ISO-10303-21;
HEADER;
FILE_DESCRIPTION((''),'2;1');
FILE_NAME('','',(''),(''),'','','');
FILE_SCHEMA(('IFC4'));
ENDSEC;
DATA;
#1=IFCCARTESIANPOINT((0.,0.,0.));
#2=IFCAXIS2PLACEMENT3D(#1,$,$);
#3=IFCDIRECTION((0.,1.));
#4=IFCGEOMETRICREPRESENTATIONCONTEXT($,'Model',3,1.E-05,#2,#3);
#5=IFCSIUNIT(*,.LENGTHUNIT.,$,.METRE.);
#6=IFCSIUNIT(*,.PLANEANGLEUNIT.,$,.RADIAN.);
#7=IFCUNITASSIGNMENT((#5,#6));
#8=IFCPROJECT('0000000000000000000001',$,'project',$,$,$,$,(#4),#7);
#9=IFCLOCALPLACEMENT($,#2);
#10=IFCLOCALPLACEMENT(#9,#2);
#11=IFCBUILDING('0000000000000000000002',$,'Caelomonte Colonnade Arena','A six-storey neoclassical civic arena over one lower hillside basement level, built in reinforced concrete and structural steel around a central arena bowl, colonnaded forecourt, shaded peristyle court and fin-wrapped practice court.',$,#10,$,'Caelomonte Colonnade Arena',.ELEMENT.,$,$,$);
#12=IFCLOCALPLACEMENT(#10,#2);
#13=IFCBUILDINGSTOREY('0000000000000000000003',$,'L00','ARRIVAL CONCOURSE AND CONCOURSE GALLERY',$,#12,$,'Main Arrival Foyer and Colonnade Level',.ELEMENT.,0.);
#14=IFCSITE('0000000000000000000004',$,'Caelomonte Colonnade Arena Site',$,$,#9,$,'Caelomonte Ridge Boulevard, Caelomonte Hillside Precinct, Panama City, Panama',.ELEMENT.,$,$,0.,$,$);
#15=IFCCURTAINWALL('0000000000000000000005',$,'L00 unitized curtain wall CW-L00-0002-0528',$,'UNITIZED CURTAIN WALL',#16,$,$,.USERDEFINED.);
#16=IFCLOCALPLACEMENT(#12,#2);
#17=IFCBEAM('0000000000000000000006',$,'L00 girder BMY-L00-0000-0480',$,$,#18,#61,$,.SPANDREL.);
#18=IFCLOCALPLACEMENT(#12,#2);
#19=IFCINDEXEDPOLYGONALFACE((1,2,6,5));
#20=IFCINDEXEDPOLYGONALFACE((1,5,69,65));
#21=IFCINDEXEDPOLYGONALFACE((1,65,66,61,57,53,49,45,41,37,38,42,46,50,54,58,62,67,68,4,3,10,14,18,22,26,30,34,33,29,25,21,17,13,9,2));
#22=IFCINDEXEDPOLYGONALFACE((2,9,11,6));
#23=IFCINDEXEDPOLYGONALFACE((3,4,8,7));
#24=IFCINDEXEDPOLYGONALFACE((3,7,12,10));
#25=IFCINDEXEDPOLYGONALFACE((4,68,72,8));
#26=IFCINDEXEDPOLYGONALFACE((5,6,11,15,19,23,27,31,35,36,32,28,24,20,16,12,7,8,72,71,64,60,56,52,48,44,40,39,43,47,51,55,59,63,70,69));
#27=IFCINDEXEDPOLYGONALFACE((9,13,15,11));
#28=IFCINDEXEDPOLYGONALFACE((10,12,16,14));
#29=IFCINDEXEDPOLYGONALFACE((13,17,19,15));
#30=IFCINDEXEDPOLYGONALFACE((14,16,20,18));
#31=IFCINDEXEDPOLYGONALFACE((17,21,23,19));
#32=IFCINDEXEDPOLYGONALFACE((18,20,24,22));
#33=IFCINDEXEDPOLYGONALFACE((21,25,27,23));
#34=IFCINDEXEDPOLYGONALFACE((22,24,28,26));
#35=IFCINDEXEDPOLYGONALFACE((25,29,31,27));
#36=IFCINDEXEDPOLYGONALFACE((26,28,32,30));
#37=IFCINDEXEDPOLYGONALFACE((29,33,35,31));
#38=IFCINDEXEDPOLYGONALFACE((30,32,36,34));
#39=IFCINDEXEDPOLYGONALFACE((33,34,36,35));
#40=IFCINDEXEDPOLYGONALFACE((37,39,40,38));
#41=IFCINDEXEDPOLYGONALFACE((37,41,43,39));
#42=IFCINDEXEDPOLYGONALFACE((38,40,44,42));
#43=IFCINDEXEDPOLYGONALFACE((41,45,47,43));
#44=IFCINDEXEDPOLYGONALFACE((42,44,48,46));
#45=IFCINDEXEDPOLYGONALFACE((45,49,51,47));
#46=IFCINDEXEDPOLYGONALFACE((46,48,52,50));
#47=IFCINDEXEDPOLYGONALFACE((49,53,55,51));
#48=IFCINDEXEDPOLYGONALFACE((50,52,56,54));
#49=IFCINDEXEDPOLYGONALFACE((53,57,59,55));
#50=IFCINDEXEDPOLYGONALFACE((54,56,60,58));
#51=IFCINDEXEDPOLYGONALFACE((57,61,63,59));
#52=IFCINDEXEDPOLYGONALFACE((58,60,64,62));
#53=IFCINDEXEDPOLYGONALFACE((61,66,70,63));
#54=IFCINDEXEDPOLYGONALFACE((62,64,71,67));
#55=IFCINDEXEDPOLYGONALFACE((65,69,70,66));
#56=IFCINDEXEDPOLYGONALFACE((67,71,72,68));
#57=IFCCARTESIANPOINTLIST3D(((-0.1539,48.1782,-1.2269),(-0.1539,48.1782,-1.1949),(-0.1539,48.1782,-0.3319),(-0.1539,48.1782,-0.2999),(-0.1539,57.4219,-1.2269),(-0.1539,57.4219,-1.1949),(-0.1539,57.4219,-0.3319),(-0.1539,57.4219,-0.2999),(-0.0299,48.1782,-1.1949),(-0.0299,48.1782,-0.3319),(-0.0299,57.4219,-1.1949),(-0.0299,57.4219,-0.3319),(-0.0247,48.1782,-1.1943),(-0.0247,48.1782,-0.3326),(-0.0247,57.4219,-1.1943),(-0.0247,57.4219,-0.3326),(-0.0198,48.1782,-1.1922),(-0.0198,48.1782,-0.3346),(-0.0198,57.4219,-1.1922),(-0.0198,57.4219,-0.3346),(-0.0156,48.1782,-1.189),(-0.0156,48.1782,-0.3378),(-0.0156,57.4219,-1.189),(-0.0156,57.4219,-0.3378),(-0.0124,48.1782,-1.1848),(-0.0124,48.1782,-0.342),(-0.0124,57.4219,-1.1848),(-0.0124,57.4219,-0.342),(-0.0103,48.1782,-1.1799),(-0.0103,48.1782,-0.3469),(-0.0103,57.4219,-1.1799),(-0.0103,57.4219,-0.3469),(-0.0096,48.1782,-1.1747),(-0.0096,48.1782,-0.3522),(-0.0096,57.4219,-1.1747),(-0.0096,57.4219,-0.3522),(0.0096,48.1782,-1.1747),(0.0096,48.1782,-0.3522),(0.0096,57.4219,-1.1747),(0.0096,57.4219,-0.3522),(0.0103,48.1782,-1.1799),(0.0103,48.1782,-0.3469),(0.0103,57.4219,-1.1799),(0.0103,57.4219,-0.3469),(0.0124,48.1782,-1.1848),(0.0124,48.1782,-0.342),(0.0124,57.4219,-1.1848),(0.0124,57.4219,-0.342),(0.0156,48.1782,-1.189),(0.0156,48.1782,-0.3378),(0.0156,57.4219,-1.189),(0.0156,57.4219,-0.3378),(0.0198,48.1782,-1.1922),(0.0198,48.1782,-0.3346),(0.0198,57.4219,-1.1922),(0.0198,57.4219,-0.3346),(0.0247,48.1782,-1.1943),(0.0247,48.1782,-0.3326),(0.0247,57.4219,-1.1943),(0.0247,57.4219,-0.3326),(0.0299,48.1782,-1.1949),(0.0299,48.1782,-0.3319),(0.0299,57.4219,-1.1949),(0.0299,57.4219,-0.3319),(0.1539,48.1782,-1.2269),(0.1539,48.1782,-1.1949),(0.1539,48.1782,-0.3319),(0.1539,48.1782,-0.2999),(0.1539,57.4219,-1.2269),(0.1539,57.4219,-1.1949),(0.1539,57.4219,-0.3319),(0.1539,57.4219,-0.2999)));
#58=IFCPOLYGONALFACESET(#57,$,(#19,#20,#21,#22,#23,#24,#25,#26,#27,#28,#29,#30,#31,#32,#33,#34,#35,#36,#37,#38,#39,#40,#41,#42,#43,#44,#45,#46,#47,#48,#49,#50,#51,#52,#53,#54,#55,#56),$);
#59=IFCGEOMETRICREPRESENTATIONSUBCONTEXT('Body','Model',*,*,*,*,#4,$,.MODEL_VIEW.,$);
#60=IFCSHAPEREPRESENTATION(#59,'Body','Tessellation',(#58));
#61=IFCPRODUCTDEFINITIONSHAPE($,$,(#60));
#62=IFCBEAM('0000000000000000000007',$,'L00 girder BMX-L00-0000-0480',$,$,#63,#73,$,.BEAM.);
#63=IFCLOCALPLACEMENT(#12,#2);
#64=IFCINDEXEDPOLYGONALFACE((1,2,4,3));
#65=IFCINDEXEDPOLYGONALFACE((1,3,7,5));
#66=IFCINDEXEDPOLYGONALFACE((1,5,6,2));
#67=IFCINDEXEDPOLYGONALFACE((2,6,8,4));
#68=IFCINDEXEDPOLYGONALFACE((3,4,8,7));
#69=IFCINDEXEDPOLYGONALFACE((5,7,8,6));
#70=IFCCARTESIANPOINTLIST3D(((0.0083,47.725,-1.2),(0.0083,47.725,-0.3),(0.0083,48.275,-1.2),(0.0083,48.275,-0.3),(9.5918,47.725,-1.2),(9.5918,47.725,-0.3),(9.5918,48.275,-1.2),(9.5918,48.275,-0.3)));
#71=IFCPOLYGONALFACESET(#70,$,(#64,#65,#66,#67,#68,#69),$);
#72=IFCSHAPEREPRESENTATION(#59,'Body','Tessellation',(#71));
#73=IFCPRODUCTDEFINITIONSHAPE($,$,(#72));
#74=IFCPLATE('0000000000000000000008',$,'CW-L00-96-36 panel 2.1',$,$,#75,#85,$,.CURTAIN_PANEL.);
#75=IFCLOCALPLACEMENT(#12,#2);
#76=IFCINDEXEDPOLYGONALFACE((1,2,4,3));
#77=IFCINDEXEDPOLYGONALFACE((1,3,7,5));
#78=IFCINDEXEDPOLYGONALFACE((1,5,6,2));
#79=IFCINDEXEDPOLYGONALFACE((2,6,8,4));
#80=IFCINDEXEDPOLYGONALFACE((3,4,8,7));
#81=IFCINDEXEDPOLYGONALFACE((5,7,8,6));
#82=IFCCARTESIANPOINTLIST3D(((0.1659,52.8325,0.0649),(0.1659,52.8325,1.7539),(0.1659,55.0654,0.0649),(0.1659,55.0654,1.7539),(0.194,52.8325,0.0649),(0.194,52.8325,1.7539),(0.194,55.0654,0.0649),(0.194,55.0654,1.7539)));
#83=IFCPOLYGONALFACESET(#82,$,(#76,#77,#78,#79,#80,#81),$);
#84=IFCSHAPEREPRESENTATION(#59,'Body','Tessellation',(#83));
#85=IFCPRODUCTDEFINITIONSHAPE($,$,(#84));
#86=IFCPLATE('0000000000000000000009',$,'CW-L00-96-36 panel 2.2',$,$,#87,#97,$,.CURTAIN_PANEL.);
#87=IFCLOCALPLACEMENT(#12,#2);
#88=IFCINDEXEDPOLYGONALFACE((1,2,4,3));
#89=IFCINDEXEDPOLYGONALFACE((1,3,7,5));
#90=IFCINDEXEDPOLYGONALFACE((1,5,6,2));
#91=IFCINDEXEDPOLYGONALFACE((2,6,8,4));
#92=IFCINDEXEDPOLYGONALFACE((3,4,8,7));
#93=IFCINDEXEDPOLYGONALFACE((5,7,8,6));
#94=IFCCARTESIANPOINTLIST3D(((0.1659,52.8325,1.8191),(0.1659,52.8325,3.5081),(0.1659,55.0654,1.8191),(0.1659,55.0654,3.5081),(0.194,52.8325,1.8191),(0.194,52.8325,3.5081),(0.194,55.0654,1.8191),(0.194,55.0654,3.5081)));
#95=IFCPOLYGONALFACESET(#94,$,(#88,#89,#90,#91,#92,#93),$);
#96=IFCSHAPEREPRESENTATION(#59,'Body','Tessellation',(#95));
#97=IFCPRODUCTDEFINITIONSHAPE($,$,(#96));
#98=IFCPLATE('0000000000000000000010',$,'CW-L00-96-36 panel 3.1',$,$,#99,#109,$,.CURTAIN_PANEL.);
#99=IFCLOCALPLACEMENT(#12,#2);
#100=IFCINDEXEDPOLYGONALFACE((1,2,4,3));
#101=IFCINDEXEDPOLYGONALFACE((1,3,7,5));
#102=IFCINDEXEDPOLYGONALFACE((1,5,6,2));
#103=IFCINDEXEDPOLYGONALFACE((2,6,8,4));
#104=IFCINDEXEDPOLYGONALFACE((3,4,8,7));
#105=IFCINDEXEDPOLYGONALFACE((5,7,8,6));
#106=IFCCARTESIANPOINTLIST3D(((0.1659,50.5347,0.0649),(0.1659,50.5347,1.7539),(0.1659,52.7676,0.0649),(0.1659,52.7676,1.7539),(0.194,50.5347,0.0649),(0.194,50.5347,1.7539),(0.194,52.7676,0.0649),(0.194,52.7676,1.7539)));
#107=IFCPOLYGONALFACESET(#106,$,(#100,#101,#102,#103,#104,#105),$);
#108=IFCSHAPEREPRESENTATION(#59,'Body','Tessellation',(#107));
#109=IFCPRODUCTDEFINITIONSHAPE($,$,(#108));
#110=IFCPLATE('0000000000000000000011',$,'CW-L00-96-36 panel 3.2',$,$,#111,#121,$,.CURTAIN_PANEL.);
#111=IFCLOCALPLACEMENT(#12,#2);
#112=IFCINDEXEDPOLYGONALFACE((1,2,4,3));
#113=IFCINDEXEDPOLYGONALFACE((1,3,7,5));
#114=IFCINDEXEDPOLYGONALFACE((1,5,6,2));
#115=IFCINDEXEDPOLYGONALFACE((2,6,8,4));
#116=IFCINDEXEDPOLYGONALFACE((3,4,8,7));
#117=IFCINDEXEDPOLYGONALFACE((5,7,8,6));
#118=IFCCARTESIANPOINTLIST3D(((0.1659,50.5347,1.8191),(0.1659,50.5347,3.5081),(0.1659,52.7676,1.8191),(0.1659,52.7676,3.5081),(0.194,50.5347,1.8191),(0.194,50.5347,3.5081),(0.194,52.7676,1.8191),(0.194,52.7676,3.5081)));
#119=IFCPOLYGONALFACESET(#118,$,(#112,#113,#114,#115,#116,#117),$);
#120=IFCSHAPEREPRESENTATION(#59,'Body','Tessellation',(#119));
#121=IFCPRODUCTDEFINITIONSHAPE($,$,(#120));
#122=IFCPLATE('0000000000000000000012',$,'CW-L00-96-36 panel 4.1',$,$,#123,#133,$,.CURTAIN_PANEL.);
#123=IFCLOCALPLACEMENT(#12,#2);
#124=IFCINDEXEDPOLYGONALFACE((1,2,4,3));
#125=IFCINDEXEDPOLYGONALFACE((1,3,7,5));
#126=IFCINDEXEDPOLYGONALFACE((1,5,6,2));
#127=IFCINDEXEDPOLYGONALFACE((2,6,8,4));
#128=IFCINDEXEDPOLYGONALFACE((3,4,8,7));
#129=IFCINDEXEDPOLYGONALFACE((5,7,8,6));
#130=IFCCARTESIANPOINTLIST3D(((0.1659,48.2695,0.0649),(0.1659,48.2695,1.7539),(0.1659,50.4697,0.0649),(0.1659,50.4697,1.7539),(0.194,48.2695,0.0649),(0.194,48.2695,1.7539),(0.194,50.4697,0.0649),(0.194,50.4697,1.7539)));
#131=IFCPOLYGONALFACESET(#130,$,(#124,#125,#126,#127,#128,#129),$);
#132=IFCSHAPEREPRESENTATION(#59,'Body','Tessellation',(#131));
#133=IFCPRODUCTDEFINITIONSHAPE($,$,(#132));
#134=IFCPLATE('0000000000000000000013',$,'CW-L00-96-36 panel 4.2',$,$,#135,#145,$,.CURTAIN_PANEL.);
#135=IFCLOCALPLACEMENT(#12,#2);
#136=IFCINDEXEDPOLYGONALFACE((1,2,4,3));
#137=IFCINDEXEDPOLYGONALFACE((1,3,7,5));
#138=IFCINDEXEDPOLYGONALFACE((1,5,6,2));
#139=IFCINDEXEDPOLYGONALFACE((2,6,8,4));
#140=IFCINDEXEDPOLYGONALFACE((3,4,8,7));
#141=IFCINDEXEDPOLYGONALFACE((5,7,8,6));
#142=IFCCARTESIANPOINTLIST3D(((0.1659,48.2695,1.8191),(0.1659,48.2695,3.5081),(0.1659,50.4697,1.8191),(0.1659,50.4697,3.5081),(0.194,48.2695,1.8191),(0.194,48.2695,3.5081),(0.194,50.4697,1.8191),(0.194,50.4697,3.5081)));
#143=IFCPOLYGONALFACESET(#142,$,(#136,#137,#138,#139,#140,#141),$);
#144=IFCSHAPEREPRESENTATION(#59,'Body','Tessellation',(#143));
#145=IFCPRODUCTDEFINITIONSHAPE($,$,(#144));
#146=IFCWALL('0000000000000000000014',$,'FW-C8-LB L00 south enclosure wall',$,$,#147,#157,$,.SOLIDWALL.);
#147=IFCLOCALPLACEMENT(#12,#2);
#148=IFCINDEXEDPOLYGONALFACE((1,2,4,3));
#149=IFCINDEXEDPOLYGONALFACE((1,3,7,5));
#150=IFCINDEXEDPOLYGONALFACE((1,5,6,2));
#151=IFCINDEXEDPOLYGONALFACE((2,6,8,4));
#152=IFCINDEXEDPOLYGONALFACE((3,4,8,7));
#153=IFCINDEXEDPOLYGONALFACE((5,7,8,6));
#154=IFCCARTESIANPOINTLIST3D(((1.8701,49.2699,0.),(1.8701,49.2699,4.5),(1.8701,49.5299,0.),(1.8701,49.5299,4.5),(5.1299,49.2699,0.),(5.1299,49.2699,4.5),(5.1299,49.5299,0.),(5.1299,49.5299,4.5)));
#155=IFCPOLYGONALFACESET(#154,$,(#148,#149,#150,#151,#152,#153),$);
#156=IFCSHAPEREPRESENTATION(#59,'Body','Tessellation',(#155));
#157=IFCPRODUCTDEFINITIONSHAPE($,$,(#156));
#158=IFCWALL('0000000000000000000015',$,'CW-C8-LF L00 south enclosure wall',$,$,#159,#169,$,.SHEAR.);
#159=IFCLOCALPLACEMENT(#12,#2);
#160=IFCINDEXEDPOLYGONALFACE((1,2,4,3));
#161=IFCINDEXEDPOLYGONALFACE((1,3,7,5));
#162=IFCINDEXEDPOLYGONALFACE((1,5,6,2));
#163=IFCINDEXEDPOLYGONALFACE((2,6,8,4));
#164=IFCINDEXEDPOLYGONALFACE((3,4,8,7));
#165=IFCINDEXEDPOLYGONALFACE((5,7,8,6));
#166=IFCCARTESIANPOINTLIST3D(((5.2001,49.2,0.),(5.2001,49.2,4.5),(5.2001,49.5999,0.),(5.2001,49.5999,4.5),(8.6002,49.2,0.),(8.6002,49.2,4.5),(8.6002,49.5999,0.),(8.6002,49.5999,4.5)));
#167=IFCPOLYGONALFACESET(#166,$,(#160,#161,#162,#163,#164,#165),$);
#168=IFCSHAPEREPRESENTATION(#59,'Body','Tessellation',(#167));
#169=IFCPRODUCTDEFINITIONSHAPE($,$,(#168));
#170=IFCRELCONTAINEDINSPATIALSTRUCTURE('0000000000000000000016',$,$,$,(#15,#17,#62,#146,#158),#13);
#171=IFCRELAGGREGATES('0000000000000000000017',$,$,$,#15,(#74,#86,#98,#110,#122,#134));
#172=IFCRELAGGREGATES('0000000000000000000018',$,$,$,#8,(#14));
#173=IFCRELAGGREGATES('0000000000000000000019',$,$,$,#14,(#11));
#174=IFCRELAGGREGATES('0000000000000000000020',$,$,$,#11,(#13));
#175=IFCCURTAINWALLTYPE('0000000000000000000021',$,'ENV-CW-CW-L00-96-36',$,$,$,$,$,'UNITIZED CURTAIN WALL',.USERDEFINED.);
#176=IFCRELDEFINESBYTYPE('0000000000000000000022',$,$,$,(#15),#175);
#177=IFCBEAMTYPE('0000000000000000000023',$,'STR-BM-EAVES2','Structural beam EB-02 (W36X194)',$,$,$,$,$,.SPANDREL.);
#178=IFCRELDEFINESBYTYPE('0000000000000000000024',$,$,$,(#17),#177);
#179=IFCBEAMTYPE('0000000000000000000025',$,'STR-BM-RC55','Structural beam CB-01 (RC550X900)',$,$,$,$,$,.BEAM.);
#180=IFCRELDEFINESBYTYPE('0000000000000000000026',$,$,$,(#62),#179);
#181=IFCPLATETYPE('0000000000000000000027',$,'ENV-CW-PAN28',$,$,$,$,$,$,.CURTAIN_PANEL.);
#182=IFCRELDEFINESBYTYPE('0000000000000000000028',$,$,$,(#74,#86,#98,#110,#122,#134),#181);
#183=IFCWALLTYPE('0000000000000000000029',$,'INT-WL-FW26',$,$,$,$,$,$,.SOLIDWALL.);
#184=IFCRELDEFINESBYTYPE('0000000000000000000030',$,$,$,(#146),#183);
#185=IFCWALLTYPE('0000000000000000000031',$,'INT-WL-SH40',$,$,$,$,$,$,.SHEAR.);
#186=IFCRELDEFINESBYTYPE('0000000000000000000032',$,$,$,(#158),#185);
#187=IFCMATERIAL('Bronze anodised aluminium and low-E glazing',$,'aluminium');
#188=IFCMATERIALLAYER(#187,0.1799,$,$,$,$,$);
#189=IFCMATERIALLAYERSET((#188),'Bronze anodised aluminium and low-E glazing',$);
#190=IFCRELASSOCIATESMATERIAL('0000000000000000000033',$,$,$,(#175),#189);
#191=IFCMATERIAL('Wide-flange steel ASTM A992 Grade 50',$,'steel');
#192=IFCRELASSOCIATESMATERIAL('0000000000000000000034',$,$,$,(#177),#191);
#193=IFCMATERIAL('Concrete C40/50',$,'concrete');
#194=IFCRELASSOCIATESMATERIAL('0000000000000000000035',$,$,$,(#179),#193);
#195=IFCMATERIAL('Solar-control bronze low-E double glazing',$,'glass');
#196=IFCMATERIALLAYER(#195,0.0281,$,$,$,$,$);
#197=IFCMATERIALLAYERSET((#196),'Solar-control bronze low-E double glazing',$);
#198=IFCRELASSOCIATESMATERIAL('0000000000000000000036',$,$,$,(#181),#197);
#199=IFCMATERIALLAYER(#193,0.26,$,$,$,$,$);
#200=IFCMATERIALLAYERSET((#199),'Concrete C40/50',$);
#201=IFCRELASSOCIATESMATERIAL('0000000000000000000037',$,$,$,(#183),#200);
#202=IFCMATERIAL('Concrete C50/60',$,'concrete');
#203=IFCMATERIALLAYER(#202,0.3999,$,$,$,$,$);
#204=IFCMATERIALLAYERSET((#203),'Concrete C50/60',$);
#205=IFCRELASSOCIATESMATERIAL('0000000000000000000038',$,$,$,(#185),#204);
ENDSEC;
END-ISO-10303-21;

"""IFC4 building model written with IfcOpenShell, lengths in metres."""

from ifc_helpers import new_model, si_unit, direction, frame, frame_2d, origin, origin_2d, place, context, subcontext, project, spatial, rectangle, i_section, extrude, material, layer, layer_set, material_profile, profile_set, type_object, element, aggregate, save


model = new_model("IFC4")

# Units and contexts
model_context = context("Model", 3, precision=1e-05, world=origin(), true_north=direction((0.0, 1.0)))
body_context = subcontext(model_context, "Body", "Model", "MODEL_VIEW")
ifc_project = project(units=[si_unit("LENGTHUNIT", "METRE"), si_unit("PLANEANGLEUNIT", "RADIAN")], contexts=[model_context])

# Site, building, storey
site_placement = place(None, origin())
site = spatial("IfcSite", under=ifc_project, at=site_placement, Name="Caelomonte Colonnade Arena Site", LongName="Caelomonte Ridge Boulevard, Caelomonte Hillside Precinct, Panama City, Panama", CompositionType="ELEMENT", RefElevation=0.0)
building_placement = place(site_placement, origin())
building = spatial("IfcBuilding", under=site, at=building_placement, Name="Caelomonte Colonnade Arena", Description="A six-storey neoclassical civic arena over one lower hillside basement level, built in reinforced concrete and structural steel around a central arena bowl, colonnaded forecourt, shaded peristyle court and fin-wrapped practice court.", LongName="Caelomonte Colonnade Arena", CompositionType="ELEMENT")
storey_placement = place(building_placement, origin())
storey = spatial("IfcBuildingStorey", under=building, at=storey_placement, Name="L00", Description="ARRIVAL CONCOURSE AND CONCOURSE GALLERY", LongName="Main Arrival Foyer and Colonnade Level", CompositionType="ELEMENT", Elevation=0.0)

# Shared definitions
ifc_material_1 = material(Name="Wide-flange steel ASTM A992 Grade 50", Category="steel")

# Curtain wall
ifc_material_2 = material(Name="Bronze anodised aluminium and low-E glazing", Category="aluminium")
ifc_layer_1 = layer(ifc_material_2, 0.1799)
ifc_layer_set_1 = layer_set([ifc_layer_1], Name="Bronze anodised aluminium and low-E glazing")
curtain_wall_type = type_object("IfcCurtainWallType", Name="ENV-CW-CW-L00-96-36", ElementType="UNITIZED CURTAIN WALL", PredefinedType="USERDEFINED", material=ifc_layer_set_1)
curtain_wall_1_placement = place(storey_placement, origin())
curtain_wall_1 = element("IfcCurtainWall", 1, at=curtain_wall_1_placement, inside=storey, type_object=curtain_wall_type, Name="L00 unitized curtain wall CW-L00-0002-0528", ObjectType="UNITIZED CURTAIN WALL", PredefinedType="USERDEFINED")

# Beams
ifc_material_profile_1 = material_profile(ifc_material_1, i_section(OverallWidth=0.3079, OverallDepth=0.927, WebThickness=0.0193, FlangeThickness=0.032, FilletRadius=0.0203, at=origin_2d()), Name="W36X194")
ifc_profile_set_1 = profile_set([ifc_material_profile_1], Name="Wide-flange steel ASTM A992 Grade 50")
beam_type_1 = type_object("IfcBeamType", Name="STR-BM-EAVES2", Description="Structural beam EB-02 (W36X194)", PredefinedType="SPANDREL", material=ifc_profile_set_1)
beam_1_placement = place(storey_placement, frame((0.0, 48.1782, -0.7634), z_axis=(0.0, 1.0, 0.0), x_axis=(-1.0, 0.0, 0.0)))
element("IfcBeam", 2, at=beam_1_placement, inside=storey, type_object=beam_type_1, Name="L00 girder BMY-L00-0000-0480", PredefinedType="SPANDREL", context=body_context, shape_type="SweptSolid", body=[
    extrude(i_section(OverallWidth=0.3079, OverallDepth=0.927, WebThickness=0.0193, FlangeThickness=0.032, FilletRadius=0.0203, at=origin_2d()), origin(), (0.0, 0.0, 1.0), 9.2437),
])
ifc_material_3 = material(Name="Concrete C40/50", Category="concrete")
ifc_material_profile_2 = material_profile(ifc_material_3, rectangle(XDim=0.55, YDim=0.8999, at=origin_2d()), Name="RC550X900")
ifc_profile_set_2 = profile_set([ifc_material_profile_2], Name="Concrete C40/50")
beam_type_2 = type_object("IfcBeamType", Name="STR-BM-RC55", Description="Structural beam CB-01 (RC550X900)", PredefinedType="BEAM", material=ifc_profile_set_2)
beam_2_placement = place(storey_placement, frame((0.0083, 48.0, -0.75), z_axis=(1.0, 0.0, 0.0), x_axis=(0.0, 1.0, 0.0)))
element("IfcBeam", 3, at=beam_2_placement, inside=storey, type_object=beam_type_2, Name="L00 girder BMX-L00-0000-0480", PredefinedType="BEAM", context=body_context, shape_type="SweptSolid", body=[
    extrude(rectangle(XDim=0.55, YDim=0.8999, at=origin_2d()), origin(), (0.0, 0.0, 1.0), 9.5835),
])

# Plates
ifc_material_4 = material(Name="Solar-control bronze low-E double glazing", Category="glass")
ifc_layer_2 = layer(ifc_material_4, 0.0281)
ifc_layer_set_2 = layer_set([ifc_layer_2], Name="Solar-control bronze low-E double glazing")
plate_type = type_object("IfcPlateType", Name="ENV-CW-PAN28", PredefinedType="CURTAIN_PANEL", material=ifc_layer_set_2)
plate_1_placement = place(storey_placement, frame((0.1799, 53.949, 0.0649), z_axis=(0.0, 0.0, 1.0), x_axis=(0.0, -1.0, 0.0)))
plate_1 = element("IfcPlate", 4, at=plate_1_placement, type_object=plate_type, Name="CW-L00-96-36 panel 2.1", PredefinedType="CURTAIN_PANEL", context=body_context, shape_type="SweptSolid", body=[
    extrude(rectangle(XDim=2.2329, YDim=0.0281, at=origin_2d()), origin(), (0.0, 0.0, 1.0), 1.689),
])
plate_2_placement = place(storey_placement, frame((0.1799, 53.949, 1.8191), z_axis=(0.0, 0.0, 1.0), x_axis=(0.0, -1.0, 0.0)))
plate_2 = element("IfcPlate", 5, at=plate_2_placement, type_object=plate_type, Name="CW-L00-96-36 panel 2.2", PredefinedType="CURTAIN_PANEL", context=body_context, shape_type="SweptSolid", body=[
    extrude(rectangle(XDim=2.2329, YDim=0.0281, at=origin_2d()), origin(), (0.0, 0.0, 1.0), 1.689),
])
plate_3_placement = place(storey_placement, frame((0.1799, 51.6511, 0.0649), z_axis=(0.0, 0.0, 1.0), x_axis=(0.0, -1.0, 0.0)))
plate_3 = element("IfcPlate", 6, at=plate_3_placement, type_object=plate_type, Name="CW-L00-96-36 panel 3.1", PredefinedType="CURTAIN_PANEL", context=body_context, shape_type="SweptSolid", body=[
    extrude(rectangle(XDim=2.2329, YDim=0.0281, at=origin_2d()), origin(), (0.0, 0.0, 1.0), 1.689),
])
plate_4_placement = place(storey_placement, frame((0.1799, 51.6511, 1.8191), z_axis=(0.0, 0.0, 1.0), x_axis=(0.0, -1.0, 0.0)))
plate_4 = element("IfcPlate", 7, at=plate_4_placement, type_object=plate_type, Name="CW-L00-96-36 panel 3.2", PredefinedType="CURTAIN_PANEL", context=body_context, shape_type="SweptSolid", body=[
    extrude(rectangle(XDim=2.2329, YDim=0.0281, at=origin_2d()), origin(), (0.0, 0.0, 1.0), 1.689),
])
plate_5_placement = place(storey_placement, frame((0.1799, 49.3696, 0.0649), z_axis=(0.0, 0.0, 1.0), x_axis=(0.0, -1.0, 0.0)))
plate_5 = element("IfcPlate", 8, at=plate_5_placement, type_object=plate_type, Name="CW-L00-96-36 panel 4.1", PredefinedType="CURTAIN_PANEL", context=body_context, shape_type="SweptSolid", body=[
    extrude(rectangle(XDim=2.2002, YDim=0.0281, at=origin_2d()), origin(), (0.0, 0.0, 1.0), 1.689),
])
plate_6_placement = place(storey_placement, frame((0.1799, 49.3696, 1.8191), z_axis=(0.0, 0.0, 1.0), x_axis=(0.0, -1.0, 0.0)))
plate_6 = element("IfcPlate", 9, at=plate_6_placement, type_object=plate_type, Name="CW-L00-96-36 panel 4.2", PredefinedType="CURTAIN_PANEL", context=body_context, shape_type="SweptSolid", body=[
    extrude(rectangle(XDim=2.2002, YDim=0.0281, at=origin_2d()), origin(), (0.0, 0.0, 1.0), 1.689),
])
aggregate(curtain_wall_1, [plate_1, plate_2, plate_3, plate_4, plate_5, plate_6])

# Walls
ifc_layer_3 = layer(ifc_material_3, 0.26)
ifc_layer_set_3 = layer_set([ifc_layer_3], Name="Concrete C40/50")
wall_type_1 = type_object("IfcWallType", Name="INT-WL-FW26", PredefinedType="SOLIDWALL", material=ifc_layer_set_3)
wall_1_placement = place(storey_placement, frame((1.8701, 49.3999, 0.0), z_axis=(0.0, 0.0, 1.0), x_axis=(1.0, 0.0, 0.0)))
element("IfcWall", 10, at=wall_1_placement, inside=storey, type_object=wall_type_1, Name="FW-C8-LB L00 south enclosure wall", PredefinedType="SOLIDWALL", context=body_context, shape_type="SweptSolid", body=[
    extrude(rectangle(XDim=3.2598, YDim=0.26, at=frame_2d((1.6299, 0.0))), origin(), (0.0, 0.0, 1.0), 4.5),
])
ifc_material_5 = material(Name="Concrete C50/60", Category="concrete")
ifc_layer_4 = layer(ifc_material_5, 0.3999)
ifc_layer_set_4 = layer_set([ifc_layer_4], Name="Concrete C50/60")
wall_type_2 = type_object("IfcWallType", Name="INT-WL-SH40", PredefinedType="SHEAR", material=ifc_layer_set_4)
wall_2_placement = place(storey_placement, frame((5.2, 49.3999, 0.0), z_axis=(0.0, 0.0, 1.0), x_axis=(1.0, 0.0, 0.0)))
element("IfcWall", 11, at=wall_2_placement, inside=storey, type_object=wall_type_2, Name="CW-C8-LF L00 south enclosure wall", PredefinedType="SHEAR", context=body_context, shape_type="SweptSolid", body=[
    extrude(rectangle(XDim=3.4001, YDim=0.3999, at=frame_2d((1.7002, 0.0))), origin(), (0.0, 0.0, 1.0), 4.5),
])

save(model, "model.ifc")
